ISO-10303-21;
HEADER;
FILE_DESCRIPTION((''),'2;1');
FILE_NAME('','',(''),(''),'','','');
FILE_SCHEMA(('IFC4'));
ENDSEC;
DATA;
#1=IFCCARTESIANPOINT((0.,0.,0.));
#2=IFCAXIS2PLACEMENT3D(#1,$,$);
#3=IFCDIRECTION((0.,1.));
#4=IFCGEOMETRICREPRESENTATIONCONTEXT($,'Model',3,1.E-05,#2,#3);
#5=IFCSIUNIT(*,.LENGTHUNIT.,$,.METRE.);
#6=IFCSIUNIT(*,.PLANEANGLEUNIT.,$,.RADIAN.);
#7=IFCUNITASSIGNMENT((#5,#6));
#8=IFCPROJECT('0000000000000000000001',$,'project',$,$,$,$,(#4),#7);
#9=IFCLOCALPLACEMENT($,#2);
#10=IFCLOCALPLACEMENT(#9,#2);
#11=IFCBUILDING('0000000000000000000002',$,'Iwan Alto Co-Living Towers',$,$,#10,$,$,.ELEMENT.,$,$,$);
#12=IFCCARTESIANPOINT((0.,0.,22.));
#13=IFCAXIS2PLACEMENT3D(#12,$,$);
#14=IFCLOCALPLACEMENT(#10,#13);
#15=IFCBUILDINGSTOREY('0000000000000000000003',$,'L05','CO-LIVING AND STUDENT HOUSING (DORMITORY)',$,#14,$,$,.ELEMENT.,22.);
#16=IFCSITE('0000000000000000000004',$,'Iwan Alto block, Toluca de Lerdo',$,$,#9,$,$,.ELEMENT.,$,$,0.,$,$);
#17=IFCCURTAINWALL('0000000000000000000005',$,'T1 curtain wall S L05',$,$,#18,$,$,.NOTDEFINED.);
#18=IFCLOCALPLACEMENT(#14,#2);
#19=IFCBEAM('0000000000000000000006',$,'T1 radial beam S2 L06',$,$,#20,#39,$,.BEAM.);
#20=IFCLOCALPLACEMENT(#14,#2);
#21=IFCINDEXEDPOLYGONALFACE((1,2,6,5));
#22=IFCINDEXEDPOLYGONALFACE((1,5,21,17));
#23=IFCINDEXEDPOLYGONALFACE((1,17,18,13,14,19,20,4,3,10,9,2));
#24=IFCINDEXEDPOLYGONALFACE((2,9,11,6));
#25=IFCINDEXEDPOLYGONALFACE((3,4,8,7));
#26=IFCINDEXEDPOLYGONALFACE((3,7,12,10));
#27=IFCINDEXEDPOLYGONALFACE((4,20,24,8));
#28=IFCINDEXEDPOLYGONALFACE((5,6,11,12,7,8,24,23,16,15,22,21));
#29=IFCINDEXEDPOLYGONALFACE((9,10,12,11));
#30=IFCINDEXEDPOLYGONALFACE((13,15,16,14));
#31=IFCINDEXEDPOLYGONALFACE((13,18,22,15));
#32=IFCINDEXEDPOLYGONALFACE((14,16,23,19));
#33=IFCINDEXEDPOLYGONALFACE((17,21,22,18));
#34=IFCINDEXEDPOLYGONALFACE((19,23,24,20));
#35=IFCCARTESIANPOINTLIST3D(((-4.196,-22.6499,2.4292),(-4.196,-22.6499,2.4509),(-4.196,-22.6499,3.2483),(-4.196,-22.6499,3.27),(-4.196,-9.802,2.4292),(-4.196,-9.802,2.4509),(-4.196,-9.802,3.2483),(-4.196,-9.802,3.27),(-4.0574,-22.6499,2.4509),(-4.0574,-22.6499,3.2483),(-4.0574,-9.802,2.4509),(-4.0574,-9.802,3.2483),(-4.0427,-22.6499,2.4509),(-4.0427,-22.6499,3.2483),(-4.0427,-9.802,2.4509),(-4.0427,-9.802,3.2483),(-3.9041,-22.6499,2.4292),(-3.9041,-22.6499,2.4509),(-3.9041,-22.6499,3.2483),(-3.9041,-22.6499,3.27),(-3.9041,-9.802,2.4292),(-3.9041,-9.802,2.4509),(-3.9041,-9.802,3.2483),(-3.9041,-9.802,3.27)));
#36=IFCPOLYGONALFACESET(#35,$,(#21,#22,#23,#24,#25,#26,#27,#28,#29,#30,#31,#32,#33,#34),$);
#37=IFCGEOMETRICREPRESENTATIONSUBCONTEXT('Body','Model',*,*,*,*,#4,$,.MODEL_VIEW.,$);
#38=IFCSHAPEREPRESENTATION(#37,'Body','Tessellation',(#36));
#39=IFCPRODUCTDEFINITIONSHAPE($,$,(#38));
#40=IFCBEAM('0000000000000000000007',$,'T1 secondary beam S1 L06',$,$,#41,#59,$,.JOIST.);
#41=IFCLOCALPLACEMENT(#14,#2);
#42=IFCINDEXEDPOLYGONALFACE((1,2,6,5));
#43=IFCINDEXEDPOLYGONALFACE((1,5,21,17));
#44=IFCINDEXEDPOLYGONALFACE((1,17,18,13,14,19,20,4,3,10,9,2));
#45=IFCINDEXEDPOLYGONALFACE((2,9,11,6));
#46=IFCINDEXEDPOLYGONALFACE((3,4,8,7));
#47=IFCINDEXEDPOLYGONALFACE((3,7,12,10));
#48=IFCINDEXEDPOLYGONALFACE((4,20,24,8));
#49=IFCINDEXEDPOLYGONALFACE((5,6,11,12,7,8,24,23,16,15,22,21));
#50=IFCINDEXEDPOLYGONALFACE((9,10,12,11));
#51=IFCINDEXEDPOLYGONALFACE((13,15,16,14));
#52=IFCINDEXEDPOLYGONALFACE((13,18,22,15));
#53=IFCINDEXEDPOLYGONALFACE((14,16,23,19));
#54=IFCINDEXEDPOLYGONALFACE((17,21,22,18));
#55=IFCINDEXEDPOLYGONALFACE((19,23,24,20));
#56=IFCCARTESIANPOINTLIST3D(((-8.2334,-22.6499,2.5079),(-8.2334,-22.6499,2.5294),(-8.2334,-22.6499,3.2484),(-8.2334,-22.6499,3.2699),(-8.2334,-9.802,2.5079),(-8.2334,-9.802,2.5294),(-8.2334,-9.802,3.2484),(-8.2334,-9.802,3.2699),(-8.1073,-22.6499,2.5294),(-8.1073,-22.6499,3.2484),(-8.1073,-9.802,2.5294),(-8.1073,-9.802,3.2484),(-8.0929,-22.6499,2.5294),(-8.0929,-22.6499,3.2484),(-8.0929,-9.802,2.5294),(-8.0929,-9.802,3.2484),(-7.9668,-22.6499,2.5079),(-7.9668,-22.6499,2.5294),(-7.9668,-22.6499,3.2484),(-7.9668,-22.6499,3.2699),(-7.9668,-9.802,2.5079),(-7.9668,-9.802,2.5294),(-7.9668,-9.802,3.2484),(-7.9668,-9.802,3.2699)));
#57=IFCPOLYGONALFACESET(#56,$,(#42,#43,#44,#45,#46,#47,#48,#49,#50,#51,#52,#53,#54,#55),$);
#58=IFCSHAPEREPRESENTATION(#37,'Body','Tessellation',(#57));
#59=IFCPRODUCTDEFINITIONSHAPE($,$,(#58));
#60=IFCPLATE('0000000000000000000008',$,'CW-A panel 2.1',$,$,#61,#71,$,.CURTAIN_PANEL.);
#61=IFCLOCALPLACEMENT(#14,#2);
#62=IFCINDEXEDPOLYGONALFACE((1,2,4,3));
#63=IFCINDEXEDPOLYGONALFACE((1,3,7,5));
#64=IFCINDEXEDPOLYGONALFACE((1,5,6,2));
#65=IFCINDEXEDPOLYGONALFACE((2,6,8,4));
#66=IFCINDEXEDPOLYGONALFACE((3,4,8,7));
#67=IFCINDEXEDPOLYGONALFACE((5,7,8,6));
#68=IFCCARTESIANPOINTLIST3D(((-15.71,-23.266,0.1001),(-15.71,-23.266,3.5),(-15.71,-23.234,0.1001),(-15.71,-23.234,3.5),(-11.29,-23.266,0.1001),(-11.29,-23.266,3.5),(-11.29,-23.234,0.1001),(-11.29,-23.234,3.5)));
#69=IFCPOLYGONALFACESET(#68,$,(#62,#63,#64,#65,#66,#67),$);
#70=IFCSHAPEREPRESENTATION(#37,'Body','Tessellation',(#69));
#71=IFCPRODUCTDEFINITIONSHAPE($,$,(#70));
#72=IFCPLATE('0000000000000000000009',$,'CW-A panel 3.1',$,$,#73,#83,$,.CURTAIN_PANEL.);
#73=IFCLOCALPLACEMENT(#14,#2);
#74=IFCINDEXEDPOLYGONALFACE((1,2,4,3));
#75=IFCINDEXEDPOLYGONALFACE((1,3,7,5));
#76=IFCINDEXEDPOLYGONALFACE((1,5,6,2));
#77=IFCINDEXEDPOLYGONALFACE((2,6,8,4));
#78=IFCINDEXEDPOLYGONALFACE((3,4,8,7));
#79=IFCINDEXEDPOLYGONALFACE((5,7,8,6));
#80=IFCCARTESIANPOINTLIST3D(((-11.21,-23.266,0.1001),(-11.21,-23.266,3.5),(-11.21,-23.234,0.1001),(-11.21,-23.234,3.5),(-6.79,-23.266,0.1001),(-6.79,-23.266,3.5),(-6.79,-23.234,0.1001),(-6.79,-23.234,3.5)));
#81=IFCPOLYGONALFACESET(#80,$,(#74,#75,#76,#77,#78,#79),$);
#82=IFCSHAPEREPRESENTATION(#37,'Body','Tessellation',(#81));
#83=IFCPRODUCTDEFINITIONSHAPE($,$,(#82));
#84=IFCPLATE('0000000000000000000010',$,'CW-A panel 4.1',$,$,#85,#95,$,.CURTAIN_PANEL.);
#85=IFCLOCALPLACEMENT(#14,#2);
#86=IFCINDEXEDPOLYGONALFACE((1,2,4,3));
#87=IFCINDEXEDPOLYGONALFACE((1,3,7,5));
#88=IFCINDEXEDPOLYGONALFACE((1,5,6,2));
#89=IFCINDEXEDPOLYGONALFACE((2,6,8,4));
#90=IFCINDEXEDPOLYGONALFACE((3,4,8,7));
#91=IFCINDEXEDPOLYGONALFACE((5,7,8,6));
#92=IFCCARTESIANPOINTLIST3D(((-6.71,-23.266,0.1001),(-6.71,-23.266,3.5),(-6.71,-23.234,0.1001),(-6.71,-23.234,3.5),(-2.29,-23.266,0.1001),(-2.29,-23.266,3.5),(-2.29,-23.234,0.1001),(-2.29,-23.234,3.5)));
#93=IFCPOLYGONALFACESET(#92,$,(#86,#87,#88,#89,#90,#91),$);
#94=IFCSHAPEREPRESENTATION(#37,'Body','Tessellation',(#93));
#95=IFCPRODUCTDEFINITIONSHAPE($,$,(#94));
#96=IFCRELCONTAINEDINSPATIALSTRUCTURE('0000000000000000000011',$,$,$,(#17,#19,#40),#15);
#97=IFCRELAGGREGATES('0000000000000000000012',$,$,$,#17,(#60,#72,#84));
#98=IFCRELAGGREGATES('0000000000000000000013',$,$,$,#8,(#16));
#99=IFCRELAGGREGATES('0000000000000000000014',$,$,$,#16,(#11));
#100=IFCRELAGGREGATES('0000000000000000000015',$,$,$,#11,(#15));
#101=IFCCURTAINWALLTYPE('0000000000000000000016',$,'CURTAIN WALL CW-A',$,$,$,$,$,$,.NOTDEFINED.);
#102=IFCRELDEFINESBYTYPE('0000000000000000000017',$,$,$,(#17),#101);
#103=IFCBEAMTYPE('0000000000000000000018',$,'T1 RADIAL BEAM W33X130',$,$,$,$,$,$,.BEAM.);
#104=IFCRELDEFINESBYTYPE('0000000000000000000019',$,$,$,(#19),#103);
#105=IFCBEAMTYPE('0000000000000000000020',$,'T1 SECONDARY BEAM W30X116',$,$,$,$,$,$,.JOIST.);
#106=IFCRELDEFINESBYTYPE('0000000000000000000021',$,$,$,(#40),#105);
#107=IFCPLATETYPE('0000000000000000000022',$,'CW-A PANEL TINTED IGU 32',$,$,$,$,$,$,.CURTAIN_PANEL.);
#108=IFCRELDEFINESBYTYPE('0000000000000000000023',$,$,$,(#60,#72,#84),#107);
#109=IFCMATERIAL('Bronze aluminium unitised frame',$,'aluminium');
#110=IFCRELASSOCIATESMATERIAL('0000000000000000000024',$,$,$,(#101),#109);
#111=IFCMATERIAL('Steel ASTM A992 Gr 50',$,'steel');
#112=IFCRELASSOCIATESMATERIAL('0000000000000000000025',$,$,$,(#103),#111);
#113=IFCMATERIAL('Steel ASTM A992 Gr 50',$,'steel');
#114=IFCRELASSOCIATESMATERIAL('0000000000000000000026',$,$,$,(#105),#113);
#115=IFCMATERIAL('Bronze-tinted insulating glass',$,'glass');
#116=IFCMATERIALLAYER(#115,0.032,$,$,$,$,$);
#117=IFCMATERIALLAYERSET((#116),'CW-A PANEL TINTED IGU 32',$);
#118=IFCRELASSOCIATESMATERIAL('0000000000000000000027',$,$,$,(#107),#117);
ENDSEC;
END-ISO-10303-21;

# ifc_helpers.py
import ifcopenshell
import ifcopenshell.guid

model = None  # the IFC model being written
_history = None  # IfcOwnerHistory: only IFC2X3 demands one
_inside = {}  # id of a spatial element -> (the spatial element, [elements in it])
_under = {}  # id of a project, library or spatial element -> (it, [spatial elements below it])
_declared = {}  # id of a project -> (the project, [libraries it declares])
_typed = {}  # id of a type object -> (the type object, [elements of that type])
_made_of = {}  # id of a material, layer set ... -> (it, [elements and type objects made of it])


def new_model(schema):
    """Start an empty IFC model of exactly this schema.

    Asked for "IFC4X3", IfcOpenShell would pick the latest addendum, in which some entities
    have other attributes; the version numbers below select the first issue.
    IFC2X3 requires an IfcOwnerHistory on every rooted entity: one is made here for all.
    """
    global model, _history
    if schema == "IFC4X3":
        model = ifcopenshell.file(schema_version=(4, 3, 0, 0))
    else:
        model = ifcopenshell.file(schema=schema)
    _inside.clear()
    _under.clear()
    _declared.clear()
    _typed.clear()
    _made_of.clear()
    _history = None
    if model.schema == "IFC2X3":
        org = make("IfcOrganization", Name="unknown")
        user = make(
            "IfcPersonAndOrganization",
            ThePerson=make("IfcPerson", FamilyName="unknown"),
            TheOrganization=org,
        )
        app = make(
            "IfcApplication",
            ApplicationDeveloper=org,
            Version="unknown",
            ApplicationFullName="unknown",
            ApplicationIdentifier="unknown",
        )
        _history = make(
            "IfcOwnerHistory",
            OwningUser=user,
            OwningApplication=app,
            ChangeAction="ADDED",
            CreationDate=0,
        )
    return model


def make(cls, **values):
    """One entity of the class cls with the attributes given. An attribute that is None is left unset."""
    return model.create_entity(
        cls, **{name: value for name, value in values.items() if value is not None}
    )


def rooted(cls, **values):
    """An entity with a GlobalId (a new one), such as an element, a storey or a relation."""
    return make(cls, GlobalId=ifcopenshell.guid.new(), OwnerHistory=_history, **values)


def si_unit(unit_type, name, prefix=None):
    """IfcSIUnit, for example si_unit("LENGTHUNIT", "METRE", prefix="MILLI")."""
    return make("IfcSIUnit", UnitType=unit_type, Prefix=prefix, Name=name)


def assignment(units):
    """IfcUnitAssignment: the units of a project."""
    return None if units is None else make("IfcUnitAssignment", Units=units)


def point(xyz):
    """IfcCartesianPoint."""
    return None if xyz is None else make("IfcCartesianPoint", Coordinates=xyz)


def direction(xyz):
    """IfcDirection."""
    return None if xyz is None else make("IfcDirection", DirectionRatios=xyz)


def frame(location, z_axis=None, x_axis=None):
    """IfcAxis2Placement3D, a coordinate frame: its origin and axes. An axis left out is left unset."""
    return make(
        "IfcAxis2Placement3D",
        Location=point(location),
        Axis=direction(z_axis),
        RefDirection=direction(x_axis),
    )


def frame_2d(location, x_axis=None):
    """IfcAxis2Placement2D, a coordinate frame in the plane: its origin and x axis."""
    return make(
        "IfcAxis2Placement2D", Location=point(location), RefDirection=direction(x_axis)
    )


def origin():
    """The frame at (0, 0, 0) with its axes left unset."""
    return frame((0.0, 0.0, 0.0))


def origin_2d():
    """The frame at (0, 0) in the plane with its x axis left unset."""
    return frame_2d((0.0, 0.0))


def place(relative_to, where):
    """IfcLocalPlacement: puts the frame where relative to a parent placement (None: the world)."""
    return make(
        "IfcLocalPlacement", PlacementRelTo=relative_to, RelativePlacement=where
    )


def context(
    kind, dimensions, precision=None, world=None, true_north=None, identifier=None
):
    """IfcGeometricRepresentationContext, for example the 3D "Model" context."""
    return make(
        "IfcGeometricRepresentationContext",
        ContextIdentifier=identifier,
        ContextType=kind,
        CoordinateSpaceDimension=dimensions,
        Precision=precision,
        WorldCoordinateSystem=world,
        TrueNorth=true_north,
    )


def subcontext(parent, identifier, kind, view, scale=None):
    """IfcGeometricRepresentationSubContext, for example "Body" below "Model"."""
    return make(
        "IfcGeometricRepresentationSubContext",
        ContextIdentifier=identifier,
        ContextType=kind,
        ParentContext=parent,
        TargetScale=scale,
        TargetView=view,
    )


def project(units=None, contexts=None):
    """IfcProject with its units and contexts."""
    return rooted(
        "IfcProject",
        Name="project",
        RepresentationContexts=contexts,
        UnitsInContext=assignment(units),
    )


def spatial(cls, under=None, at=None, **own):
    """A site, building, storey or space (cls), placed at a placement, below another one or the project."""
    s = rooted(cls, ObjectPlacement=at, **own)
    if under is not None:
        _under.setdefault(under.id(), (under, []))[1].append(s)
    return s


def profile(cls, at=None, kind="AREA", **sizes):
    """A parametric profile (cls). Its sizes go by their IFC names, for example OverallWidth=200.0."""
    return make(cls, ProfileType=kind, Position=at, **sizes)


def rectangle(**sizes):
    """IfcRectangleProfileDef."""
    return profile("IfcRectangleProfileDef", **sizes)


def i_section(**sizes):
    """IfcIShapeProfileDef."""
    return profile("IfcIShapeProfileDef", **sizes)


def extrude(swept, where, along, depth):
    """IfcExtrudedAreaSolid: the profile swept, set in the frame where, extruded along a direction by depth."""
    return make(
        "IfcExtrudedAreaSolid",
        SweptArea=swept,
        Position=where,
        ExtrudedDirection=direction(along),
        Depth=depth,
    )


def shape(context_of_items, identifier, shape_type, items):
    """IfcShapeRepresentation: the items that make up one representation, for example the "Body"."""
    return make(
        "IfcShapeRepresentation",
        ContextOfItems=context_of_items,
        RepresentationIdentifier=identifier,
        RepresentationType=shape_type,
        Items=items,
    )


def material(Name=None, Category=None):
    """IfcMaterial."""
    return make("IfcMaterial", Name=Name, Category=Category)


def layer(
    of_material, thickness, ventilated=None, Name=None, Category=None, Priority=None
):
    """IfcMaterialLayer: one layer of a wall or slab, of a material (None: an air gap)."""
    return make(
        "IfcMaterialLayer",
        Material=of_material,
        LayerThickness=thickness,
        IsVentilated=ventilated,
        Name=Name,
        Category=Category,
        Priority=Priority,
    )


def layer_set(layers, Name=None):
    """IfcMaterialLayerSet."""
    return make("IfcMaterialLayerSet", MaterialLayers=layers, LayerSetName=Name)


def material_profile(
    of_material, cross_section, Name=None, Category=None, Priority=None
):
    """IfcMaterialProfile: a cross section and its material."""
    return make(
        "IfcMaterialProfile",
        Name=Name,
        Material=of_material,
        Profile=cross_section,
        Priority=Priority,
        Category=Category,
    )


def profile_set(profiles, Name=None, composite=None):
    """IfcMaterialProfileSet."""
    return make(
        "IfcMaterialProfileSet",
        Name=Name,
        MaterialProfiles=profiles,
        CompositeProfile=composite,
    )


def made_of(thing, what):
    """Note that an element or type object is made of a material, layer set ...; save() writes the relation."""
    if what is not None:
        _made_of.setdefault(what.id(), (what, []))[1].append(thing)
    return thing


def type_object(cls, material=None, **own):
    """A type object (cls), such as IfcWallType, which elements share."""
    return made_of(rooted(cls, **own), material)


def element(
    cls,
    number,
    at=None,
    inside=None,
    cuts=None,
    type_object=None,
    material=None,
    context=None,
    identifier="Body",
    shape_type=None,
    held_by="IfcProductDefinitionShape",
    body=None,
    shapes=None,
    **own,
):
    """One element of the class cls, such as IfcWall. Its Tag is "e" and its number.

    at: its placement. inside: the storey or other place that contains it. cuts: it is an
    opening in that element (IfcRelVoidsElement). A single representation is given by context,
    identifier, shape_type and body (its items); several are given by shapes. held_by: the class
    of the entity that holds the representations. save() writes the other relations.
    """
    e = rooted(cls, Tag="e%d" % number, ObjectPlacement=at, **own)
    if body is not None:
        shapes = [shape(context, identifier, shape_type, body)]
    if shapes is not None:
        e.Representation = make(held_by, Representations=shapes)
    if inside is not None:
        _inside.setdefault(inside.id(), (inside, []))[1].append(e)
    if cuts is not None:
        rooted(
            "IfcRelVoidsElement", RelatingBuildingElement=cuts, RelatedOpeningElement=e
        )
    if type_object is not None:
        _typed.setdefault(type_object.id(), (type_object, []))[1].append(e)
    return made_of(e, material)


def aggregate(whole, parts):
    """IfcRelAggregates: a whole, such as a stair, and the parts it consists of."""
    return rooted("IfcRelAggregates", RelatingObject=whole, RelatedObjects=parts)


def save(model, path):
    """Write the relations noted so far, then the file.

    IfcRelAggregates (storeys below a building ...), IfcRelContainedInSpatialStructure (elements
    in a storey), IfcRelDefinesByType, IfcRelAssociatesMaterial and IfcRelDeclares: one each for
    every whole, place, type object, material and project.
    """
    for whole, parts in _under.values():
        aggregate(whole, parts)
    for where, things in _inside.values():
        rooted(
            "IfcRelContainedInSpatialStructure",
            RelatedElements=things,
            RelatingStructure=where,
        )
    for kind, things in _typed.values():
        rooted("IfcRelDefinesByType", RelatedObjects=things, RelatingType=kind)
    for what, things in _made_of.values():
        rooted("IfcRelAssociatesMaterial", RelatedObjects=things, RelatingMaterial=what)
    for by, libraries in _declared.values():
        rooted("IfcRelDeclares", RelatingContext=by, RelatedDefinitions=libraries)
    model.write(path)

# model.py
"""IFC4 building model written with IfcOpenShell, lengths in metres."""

from ifc_helpers import new_model, si_unit, direction, frame, origin, origin_2d, place, context, subcontext, project, spatial, rectangle, i_section, extrude, material, layer, layer_set, material_profile, profile_set, type_object, element, aggregate, save


model = new_model("IFC4")

# Units and contexts
model_context = context("Model", 3, precision=1e-05, world=origin(), true_north=direction((0.0, 1.0)))
body_context = subcontext(model_context, "Body", "Model", "MODEL_VIEW")
ifc_project = project(units=[si_unit("LENGTHUNIT", "METRE"), si_unit("PLANEANGLEUNIT", "RADIAN")], contexts=[model_context])

# Site, building, storey
site_placement = place(None, origin())
site = spatial("IfcSite", under=ifc_project, at=site_placement, Name="Iwan Alto block, Toluca de Lerdo", CompositionType="ELEMENT", RefElevation=0.0)
building_placement = place(site_placement, origin())
building = spatial("IfcBuilding", under=site, at=building_placement, Name="Iwan Alto Co-Living Towers", CompositionType="ELEMENT")
storey_placement = place(building_placement, frame((0.0, 0.0, 22.0)))
storey = spatial("IfcBuildingStorey", under=building, at=storey_placement, Name="L05", Description="CO-LIVING AND STUDENT HOUSING (DORMITORY)", CompositionType="ELEMENT", Elevation=22.0)

# Curtain wall
ifc_material_1 = material(Name="Bronze aluminium unitised frame", Category="aluminium")
curtain_wall_type = type_object("IfcCurtainWallType", Name="CURTAIN WALL CW-A", PredefinedType="NOTDEFINED", material=ifc_material_1)
curtain_wall_placement = place(storey_placement, origin())
curtain_wall = element("IfcCurtainWall", 1, at=curtain_wall_placement, inside=storey, type_object=curtain_wall_type, Name="T1 curtain wall S L05", PredefinedType="NOTDEFINED")

# Beams
ifc_material_2 = material(Name="Steel ASTM A992 Gr 50", Category="steel")
ifc_material_profile_1 = material_profile(ifc_material_2, i_section(OverallWidth=0.292, OverallDepth=0.8408, WebThickness=0.0146, FlangeThickness=0.0217, at=origin_2d()), Name="W33X130")
ifc_profile_set_1 = profile_set([ifc_material_profile_1], Name="Steel ASTM A992 Gr 50")
beam_type_1 = type_object("IfcBeamType", Name="T1 RADIAL BEAM W33X130", PredefinedType="BEAM", material=ifc_profile_set_1)
beam_1_placement = place(storey_placement, frame((-4.05, -22.6499, 2.8496), z_axis=(0.0, 1.0, 0.0), x_axis=(-1.0, 0.0, 0.0)))
element("IfcBeam", 2, at=beam_1_placement, inside=storey, type_object=beam_type_1, Name="T1 radial beam S2 L06", PredefinedType="BEAM", context=body_context, shape_type="SweptSolid", body=[
    extrude(i_section(OverallWidth=0.292, OverallDepth=0.8408, WebThickness=0.0146, FlangeThickness=0.0217, at=origin_2d()), origin(), (0.0, 0.0, 1.0), 12.8479),
])
ifc_material_3 = material(Name="Steel ASTM A992 Gr 50", Category="steel")
ifc_material_profile_2 = material_profile(ifc_material_3, i_section(OverallWidth=0.2666, OverallDepth=0.762, WebThickness=0.0144, FlangeThickness=0.0215, at=origin_2d()), Name="W30X116")
ifc_profile_set_2 = profile_set([ifc_material_profile_2], Name="Steel ASTM A992 Gr 50")
beam_type_2 = type_object("IfcBeamType", Name="T1 SECONDARY BEAM W30X116", PredefinedType="JOIST", material=ifc_profile_set_2)
beam_2_placement = place(storey_placement, frame((-8.1001, -22.6499, 2.8889), z_axis=(0.0, 1.0, 0.0), x_axis=(-1.0, 0.0, 0.0)))
element("IfcBeam", 3, at=beam_2_placement, inside=storey, type_object=beam_type_2, Name="T1 secondary beam S1 L06", PredefinedType="JOIST", context=body_context, shape_type="SweptSolid", body=[
    extrude(i_section(OverallWidth=0.2666, OverallDepth=0.762, WebThickness=0.0144, FlangeThickness=0.0215, at=origin_2d()), origin(), (0.0, 0.0, 1.0), 12.8479),
])

# Plates
ifc_material_4 = material(Name="Bronze-tinted insulating glass", Category="glass")
ifc_layer_1 = layer(ifc_material_4, 0.032)
ifc_layer_set_1 = layer_set([ifc_layer_1], Name="CW-A PANEL TINTED IGU 32")
plate_type = type_object("IfcPlateType", Name="CW-A PANEL TINTED IGU 32", PredefinedType="CURTAIN_PANEL", material=ifc_layer_set_1)
plate_1_placement = place(storey_placement, frame((-13.5, -23.25, 0.1001), z_axis=(0.0, 0.0, 1.0), x_axis=(1.0, 0.0, 0.0)))
plate_1 = element("IfcPlate", 4, at=plate_1_placement, type_object=plate_type, Name="CW-A panel 2.1", PredefinedType="CURTAIN_PANEL", context=body_context, shape_type="SweptSolid", body=[
    extrude(rectangle(XDim=4.4199, YDim=0.032, at=origin_2d()), origin(), (0.0, 0.0, 1.0), 3.3999),
])
plate_2_placement = place(storey_placement, frame((-9.0, -23.25, 0.1001), z_axis=(0.0, 0.0, 1.0), x_axis=(1.0, 0.0, 0.0)))
plate_2 = element("IfcPlate", 5, at=plate_2_placement, type_object=plate_type, Name="CW-A panel 3.1", PredefinedType="CURTAIN_PANEL", context=body_context, shape_type="SweptSolid", body=[
    extrude(rectangle(XDim=4.4199, YDim=0.032, at=origin_2d()), origin(), (0.0, 0.0, 1.0), 3.3999),
])
plate_3_placement = place(storey_placement, frame((-4.5, -23.25, 0.1001), z_axis=(0.0, 0.0, 1.0), x_axis=(1.0, 0.0, 0.0)))
plate_3 = element("IfcPlate", 6, at=plate_3_placement, type_object=plate_type, Name="CW-A panel 4.1", PredefinedType="CURTAIN_PANEL", context=body_context, shape_type="SweptSolid", body=[
    extrude(rectangle(XDim=4.4199, YDim=0.032, at=origin_2d()), origin(), (0.0, 0.0, 1.0), 3.3999),
])
aggregate(curtain_wall, [plate_1, plate_2, plate_3])

save(model, "model.ifc")
